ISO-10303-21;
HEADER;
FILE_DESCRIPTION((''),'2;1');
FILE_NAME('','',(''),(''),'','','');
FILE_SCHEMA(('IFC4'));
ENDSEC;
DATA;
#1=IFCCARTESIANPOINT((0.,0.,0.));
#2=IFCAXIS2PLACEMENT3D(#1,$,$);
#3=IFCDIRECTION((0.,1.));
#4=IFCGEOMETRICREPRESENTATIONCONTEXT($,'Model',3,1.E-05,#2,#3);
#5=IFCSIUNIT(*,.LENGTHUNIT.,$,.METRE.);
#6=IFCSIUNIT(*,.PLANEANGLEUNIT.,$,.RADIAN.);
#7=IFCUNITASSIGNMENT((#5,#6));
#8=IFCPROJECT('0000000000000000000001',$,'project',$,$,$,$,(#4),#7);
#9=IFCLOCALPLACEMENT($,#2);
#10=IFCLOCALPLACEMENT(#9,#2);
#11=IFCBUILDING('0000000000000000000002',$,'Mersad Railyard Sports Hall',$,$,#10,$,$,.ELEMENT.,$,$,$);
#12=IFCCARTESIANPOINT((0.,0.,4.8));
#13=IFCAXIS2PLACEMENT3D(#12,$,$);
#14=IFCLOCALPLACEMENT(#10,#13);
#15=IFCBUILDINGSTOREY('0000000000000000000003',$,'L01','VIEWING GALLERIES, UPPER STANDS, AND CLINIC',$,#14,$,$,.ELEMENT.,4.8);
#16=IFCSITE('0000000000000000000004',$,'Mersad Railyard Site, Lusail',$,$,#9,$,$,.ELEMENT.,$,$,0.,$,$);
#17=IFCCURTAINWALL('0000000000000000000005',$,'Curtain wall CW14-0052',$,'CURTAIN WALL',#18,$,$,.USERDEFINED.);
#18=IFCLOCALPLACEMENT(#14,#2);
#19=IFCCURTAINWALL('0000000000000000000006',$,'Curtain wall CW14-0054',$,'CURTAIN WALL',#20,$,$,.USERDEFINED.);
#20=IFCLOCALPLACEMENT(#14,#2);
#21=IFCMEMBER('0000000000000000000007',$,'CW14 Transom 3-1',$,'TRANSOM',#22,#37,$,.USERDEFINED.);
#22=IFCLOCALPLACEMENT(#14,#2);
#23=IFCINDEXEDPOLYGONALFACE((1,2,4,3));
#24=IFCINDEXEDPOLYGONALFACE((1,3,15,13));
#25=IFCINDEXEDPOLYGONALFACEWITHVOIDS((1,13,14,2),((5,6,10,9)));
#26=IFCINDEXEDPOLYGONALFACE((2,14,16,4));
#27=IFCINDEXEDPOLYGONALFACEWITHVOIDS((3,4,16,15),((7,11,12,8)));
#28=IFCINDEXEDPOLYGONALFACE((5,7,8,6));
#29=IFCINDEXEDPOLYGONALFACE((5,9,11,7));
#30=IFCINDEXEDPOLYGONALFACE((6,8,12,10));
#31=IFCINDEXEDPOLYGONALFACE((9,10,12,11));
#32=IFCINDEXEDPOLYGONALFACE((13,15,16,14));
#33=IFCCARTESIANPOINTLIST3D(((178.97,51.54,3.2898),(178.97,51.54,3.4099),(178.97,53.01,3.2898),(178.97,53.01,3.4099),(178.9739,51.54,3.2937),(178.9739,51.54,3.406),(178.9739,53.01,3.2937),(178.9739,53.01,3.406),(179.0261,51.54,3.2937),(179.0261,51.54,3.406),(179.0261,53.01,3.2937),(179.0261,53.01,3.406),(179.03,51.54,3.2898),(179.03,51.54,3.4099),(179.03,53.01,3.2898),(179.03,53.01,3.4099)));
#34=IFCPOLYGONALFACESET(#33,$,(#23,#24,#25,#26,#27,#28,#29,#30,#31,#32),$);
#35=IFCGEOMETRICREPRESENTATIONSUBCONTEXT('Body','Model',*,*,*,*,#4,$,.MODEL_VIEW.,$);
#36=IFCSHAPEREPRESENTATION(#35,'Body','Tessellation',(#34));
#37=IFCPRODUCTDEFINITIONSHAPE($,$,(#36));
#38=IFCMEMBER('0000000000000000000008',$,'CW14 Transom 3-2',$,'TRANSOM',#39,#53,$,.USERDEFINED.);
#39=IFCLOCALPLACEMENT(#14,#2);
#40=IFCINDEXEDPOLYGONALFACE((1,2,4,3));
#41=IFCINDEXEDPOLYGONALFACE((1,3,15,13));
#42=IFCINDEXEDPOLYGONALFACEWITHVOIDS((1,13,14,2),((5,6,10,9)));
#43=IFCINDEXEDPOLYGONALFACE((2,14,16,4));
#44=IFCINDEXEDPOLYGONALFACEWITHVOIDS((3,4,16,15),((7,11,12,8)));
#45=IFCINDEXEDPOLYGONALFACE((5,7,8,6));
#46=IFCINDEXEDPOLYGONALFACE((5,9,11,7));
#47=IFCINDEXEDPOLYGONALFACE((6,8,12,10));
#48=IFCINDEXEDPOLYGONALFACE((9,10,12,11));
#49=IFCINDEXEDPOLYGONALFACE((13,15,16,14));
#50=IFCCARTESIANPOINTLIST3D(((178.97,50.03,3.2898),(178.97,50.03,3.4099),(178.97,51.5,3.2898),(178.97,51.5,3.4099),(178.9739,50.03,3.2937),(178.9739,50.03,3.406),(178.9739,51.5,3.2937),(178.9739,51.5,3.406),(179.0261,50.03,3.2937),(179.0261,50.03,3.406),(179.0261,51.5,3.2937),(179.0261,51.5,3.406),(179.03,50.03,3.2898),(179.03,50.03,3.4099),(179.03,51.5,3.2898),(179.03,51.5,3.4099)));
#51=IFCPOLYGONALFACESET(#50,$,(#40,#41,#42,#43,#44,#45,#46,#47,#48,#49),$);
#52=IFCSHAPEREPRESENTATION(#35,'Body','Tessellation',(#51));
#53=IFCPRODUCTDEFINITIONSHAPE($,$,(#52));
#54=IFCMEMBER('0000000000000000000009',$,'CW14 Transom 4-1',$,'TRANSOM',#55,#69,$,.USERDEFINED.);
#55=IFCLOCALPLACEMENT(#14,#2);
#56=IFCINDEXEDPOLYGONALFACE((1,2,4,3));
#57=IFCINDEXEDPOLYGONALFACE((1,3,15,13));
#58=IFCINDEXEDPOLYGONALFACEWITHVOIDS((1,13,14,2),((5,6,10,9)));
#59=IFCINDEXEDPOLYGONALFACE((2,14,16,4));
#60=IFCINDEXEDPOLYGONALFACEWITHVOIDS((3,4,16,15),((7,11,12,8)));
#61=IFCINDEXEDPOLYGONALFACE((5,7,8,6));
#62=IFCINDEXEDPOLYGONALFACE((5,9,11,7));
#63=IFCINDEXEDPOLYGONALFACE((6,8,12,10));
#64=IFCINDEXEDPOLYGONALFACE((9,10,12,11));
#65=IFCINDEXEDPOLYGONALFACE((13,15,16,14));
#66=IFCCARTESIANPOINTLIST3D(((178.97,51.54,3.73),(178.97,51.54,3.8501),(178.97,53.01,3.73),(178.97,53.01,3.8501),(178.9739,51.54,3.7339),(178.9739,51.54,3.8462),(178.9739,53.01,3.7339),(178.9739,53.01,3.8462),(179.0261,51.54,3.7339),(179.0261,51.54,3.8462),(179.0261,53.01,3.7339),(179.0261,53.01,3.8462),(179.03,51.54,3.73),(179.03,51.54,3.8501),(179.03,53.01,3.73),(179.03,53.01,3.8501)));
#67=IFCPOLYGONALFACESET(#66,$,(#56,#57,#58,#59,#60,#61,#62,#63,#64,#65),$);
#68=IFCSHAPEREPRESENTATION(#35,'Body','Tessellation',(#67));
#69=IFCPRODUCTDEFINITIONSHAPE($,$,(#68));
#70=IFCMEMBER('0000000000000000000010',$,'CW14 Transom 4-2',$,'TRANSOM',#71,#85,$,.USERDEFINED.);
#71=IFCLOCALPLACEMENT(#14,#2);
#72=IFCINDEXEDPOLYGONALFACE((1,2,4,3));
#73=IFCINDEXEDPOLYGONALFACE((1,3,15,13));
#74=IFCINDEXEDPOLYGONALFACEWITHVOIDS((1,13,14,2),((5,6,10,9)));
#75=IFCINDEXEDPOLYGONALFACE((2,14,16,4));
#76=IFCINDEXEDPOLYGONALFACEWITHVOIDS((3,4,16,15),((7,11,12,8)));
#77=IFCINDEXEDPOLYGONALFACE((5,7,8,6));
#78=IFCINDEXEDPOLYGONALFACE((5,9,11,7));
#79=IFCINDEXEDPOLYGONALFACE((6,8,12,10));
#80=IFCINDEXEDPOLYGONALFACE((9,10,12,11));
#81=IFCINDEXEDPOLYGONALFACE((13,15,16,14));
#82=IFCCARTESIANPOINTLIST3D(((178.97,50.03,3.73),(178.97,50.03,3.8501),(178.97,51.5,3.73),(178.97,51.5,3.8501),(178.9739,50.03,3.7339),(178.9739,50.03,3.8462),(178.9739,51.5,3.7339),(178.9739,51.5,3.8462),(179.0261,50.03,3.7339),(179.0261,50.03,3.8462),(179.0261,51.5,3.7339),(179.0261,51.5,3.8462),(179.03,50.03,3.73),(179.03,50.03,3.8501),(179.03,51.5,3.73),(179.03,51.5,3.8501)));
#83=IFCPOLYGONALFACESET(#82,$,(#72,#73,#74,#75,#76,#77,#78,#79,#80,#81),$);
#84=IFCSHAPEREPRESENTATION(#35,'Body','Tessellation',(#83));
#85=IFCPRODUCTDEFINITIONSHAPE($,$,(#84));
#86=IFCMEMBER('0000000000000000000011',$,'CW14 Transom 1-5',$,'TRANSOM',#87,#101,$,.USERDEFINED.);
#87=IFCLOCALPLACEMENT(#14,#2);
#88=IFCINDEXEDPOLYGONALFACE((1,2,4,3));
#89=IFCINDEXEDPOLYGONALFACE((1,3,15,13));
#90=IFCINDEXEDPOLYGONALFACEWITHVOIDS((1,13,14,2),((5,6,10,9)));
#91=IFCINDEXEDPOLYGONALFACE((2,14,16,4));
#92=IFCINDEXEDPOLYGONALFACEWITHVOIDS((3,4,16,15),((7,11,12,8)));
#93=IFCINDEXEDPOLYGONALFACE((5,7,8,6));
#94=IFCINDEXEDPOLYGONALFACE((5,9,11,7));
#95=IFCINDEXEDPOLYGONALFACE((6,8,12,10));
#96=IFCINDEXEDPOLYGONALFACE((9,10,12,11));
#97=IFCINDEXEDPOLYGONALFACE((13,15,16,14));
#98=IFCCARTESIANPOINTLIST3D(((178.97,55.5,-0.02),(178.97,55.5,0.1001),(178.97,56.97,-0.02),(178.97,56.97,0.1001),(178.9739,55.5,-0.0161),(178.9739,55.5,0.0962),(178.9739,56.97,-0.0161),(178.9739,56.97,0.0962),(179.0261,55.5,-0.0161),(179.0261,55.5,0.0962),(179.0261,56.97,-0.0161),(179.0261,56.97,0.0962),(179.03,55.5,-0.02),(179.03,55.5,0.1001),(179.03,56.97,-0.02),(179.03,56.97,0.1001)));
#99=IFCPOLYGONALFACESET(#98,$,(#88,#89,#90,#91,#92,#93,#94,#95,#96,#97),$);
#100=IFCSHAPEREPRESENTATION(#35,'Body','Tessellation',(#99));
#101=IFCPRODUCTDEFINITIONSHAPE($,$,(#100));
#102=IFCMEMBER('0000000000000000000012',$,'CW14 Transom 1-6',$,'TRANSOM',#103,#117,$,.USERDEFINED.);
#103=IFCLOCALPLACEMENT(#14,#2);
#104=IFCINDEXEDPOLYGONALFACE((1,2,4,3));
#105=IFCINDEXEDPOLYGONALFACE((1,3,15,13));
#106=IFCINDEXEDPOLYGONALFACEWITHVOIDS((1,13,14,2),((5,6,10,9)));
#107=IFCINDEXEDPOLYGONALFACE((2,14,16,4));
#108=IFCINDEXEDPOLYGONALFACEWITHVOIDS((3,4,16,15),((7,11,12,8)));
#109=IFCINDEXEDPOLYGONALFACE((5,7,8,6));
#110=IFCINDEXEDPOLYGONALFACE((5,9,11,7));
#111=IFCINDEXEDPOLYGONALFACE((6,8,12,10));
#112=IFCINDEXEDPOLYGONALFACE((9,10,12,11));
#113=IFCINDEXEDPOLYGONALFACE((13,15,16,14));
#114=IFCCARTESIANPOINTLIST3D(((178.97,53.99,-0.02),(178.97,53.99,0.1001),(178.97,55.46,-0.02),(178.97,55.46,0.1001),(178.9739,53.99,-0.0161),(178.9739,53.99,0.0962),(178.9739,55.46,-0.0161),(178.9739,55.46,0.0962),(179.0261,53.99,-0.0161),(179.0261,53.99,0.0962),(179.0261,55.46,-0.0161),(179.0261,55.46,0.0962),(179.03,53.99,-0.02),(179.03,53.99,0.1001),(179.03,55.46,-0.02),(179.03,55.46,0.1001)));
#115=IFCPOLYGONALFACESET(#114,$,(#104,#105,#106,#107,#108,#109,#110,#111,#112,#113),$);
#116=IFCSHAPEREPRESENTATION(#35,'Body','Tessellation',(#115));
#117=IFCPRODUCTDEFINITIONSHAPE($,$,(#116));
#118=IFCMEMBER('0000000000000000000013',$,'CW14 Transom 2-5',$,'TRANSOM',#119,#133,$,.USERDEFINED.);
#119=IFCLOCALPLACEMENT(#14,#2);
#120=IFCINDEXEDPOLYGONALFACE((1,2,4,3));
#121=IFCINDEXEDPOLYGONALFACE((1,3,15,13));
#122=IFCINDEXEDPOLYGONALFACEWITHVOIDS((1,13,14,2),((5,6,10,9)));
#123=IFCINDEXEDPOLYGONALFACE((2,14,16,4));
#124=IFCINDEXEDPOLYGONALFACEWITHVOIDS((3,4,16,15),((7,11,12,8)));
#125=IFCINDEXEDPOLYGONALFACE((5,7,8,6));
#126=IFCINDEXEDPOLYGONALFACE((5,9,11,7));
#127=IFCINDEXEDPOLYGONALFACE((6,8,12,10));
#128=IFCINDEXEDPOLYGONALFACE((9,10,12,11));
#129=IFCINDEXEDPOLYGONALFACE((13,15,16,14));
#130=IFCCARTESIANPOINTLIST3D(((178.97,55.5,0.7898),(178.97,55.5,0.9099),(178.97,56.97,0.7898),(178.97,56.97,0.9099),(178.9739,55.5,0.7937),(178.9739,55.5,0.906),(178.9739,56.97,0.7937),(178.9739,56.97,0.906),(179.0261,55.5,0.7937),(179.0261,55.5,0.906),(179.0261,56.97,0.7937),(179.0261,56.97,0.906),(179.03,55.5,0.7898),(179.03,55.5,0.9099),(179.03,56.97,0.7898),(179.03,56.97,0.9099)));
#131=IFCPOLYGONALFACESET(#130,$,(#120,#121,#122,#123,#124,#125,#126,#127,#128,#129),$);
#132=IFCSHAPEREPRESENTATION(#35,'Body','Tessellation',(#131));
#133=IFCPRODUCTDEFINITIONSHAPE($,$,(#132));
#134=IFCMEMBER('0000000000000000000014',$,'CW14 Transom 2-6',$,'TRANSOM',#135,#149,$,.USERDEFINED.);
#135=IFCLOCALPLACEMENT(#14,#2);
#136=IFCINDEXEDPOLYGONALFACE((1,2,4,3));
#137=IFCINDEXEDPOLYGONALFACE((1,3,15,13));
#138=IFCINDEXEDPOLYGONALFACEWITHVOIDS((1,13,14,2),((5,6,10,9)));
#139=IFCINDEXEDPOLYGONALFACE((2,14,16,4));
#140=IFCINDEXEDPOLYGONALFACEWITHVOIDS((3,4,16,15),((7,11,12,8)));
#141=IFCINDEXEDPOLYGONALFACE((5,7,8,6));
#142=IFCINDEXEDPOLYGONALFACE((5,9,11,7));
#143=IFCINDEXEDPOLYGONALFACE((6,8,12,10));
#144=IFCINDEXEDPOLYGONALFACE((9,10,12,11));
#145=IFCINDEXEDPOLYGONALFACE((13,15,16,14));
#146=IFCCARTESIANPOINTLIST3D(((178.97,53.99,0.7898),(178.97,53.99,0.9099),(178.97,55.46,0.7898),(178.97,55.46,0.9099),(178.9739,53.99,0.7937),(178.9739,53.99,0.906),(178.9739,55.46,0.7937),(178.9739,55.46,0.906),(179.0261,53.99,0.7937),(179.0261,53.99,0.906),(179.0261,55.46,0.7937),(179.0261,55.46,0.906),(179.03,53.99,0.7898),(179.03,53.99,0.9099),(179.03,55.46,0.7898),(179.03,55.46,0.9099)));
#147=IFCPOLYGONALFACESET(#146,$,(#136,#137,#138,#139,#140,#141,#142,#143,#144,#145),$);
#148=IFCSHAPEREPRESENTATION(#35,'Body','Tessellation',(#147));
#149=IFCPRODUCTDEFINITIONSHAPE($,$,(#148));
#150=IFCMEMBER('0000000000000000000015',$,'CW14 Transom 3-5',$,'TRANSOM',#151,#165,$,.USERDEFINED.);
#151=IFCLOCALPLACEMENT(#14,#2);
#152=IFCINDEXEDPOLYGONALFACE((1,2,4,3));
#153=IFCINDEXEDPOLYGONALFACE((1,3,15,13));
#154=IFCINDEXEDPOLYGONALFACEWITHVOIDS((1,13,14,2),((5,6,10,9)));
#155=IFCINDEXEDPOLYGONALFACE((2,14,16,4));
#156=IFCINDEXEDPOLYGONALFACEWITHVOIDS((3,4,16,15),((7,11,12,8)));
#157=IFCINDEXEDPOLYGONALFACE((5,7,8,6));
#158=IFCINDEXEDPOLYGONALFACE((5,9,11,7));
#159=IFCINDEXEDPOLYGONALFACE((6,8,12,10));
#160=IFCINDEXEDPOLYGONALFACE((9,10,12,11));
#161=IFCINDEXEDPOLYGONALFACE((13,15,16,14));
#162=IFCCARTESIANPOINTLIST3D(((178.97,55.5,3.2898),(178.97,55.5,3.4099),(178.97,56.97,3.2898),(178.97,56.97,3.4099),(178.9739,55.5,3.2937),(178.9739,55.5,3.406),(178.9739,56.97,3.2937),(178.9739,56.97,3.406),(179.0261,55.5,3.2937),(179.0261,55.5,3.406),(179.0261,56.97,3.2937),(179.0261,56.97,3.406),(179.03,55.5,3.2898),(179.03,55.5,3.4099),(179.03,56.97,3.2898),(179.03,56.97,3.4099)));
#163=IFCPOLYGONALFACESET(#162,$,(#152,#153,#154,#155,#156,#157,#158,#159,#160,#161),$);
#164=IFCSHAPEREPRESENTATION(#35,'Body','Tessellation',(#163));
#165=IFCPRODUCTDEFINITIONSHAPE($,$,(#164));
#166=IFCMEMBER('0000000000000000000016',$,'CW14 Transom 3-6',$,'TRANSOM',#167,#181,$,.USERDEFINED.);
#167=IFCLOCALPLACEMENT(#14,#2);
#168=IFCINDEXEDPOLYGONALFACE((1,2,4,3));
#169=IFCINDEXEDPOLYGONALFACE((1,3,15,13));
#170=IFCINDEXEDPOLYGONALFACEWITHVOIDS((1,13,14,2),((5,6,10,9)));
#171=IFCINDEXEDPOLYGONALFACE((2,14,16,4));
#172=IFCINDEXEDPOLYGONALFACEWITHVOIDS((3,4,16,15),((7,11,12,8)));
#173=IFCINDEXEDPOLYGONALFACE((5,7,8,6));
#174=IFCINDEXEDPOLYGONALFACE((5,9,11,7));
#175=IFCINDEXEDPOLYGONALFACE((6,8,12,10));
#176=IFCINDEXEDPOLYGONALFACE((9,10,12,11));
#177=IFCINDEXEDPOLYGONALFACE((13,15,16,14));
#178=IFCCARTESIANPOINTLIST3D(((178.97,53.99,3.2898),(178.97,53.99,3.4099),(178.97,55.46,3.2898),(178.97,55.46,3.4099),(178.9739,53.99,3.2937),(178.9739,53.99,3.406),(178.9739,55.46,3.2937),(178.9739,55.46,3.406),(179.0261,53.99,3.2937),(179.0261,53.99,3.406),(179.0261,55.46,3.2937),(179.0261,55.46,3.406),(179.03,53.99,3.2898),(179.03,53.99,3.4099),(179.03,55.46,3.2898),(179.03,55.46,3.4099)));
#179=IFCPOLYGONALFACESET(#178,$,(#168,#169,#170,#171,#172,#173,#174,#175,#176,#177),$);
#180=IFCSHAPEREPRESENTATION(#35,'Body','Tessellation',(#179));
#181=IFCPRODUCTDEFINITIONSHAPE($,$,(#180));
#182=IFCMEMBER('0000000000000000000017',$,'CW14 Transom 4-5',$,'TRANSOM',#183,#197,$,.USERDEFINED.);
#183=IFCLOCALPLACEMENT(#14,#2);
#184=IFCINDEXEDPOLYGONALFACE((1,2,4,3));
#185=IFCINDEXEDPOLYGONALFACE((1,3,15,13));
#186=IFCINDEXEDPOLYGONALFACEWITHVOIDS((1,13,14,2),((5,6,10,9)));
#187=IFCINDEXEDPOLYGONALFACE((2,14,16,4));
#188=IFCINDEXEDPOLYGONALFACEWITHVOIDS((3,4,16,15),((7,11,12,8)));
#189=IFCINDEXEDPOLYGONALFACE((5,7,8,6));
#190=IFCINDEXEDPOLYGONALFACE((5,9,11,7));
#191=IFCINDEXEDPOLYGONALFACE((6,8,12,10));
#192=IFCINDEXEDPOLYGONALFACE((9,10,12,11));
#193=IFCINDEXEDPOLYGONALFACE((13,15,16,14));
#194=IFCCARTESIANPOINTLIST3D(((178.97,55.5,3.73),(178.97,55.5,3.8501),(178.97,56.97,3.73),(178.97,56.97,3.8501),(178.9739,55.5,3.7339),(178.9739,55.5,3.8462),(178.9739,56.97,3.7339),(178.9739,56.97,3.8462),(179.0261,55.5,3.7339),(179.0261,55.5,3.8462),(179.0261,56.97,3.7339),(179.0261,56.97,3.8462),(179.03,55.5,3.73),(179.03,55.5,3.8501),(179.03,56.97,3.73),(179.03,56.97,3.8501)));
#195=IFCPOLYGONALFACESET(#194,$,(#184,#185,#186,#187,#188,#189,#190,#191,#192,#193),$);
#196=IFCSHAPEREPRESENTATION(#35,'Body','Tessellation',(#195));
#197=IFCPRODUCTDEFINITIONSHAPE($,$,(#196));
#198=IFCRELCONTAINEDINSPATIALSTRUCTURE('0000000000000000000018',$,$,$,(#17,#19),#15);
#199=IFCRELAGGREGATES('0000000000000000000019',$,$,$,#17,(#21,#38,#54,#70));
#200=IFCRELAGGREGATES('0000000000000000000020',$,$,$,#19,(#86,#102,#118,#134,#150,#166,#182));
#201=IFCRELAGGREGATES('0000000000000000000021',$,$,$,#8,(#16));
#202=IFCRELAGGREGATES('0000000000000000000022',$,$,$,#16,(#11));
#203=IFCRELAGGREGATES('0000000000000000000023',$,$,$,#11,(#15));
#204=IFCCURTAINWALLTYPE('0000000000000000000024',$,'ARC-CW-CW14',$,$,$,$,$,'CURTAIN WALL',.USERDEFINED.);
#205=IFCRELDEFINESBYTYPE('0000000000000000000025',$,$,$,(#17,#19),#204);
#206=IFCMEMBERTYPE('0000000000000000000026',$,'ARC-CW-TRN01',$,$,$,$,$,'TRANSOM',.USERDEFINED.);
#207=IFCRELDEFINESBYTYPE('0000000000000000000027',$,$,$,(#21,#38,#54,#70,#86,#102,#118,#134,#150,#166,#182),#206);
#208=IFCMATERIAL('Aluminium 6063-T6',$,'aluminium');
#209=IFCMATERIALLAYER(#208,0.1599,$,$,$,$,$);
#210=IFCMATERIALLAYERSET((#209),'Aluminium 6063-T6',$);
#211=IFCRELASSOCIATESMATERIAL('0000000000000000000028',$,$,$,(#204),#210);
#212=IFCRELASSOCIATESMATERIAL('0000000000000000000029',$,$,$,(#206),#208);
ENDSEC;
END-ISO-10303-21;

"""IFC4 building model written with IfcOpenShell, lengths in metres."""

from ifc_helpers import new_model, si_unit, direction, frame, origin, origin_2d, place, context, subcontext, project, spatial, hollow_rectangle, extrude, material, layer, layer_set, material_profile, profile_set, type_object, element, aggregate, save


model = new_model("IFC4")

# Units and contexts
model_context = context("Model", 3, precision=1e-05, world=origin(), true_north=direction((0.0, 1.0)))
body_context = subcontext(model_context, "Body", "Model", "MODEL_VIEW")
ifc_project = project(units=[si_unit("LENGTHUNIT", "METRE"), si_unit("PLANEANGLEUNIT", "RADIAN")], contexts=[model_context])

# Site, building, storey
site_placement = place(None, origin())
site = spatial("IfcSite", under=ifc_project, at=site_placement, Name="Mersad Railyard Site, Lusail", CompositionType="ELEMENT", RefElevation=0.0)
building_placement = place(site_placement, origin())
building = spatial("IfcBuilding", under=site, at=building_placement, Name="Mersad Railyard Sports Hall", CompositionType="ELEMENT")
storey_placement = place(building_placement, frame((0.0, 0.0, 4.8)))
storey = spatial("IfcBuildingStorey", under=building, at=storey_placement, Name="L01", Description="VIEWING GALLERIES, UPPER STANDS, AND CLINIC", CompositionType="ELEMENT", Elevation=4.8)

# Curtain walls
ifc_material_1 = material(Name="Aluminium 6063-T6", Category="aluminium")
ifc_layer_1 = layer(ifc_material_1, 0.1599)
ifc_layer_set_1 = layer_set([ifc_layer_1], Name="Aluminium 6063-T6")
curtain_wall_type = type_object("IfcCurtainWallType", Name="ARC-CW-CW14", ElementType="CURTAIN WALL", PredefinedType="USERDEFINED", material=ifc_layer_set_1)
curtain_wall_1_placement = place(storey_placement, origin())
curtain_wall_1 = element("IfcCurtainWall", 1, at=curtain_wall_1_placement, inside=storey, type_object=curtain_wall_type, Name="Curtain wall CW14-0052", ObjectType="CURTAIN WALL", PredefinedType="USERDEFINED")
curtain_wall_2_placement = place(storey_placement, origin())
curtain_wall_2 = element("IfcCurtainWall", 2, at=curtain_wall_2_placement, inside=storey, type_object=curtain_wall_type, Name="Curtain wall CW14-0054", ObjectType="CURTAIN WALL", PredefinedType="USERDEFINED")

# Members
ifc_material_profile_1 = material_profile(ifc_material_1, hollow_rectangle(XDim=0.0601, YDim=0.1201, WallThickness=0.0039, at=origin_2d()), Name="AL TRANSOM 60x120x4")
ifc_profile_set_1 = profile_set([ifc_material_profile_1], Name="Aluminium 6063-T6")
member_type_1 = type_object("IfcMemberType", Name="ARC-CW-TRN01", ElementType="TRANSOM", PredefinedType="USERDEFINED", material=ifc_profile_set_1)
member_1_placement = place(storey_placement, frame((179.0, 53.01, 3.3499), z_axis=(0.0, -1.0, 0.0), x_axis=(1.0, 0.0, 0.0)))
member_1 = element("IfcMember", 3, at=member_1_placement, type_object=member_type_1, Name="CW14 Transom 3-1", ObjectType="TRANSOM", PredefinedType="USERDEFINED", context=body_context, shape_type="SweptSolid", body=[
    extrude(hollow_rectangle(XDim=0.0601, YDim=0.1201, WallThickness=0.0039, at=origin_2d()), origin(), (0.0, 0.0, 1.0), 1.47),
])
member_2_placement = place(storey_placement, frame((179.0, 51.5, 3.3499), z_axis=(0.0, -1.0, 0.0), x_axis=(1.0, 0.0, 0.0)))
member_2 = element("IfcMember", 4, at=member_2_placement, type_object=member_type_1, Name="CW14 Transom 3-2", ObjectType="TRANSOM", PredefinedType="USERDEFINED", context=body_context, shape_type="SweptSolid", body=[
    extrude(hollow_rectangle(XDim=0.0601, YDim=0.1201, WallThickness=0.0039, at=origin_2d()), origin(), (0.0, 0.0, 1.0), 1.47),
])
member_3_placement = place(storey_placement, frame((179.0, 53.01, 3.79), z_axis=(0.0, -1.0, 0.0), x_axis=(1.0, 0.0, 0.0)))
member_3 = element("IfcMember", 5, at=member_3_placement, type_object=member_type_1, Name="CW14 Transom 4-1", ObjectType="TRANSOM", PredefinedType="USERDEFINED", context=body_context, shape_type="SweptSolid", body=[
    extrude(hollow_rectangle(XDim=0.0601, YDim=0.1201, WallThickness=0.0039, at=origin_2d()), origin(), (0.0, 0.0, 1.0), 1.47),
])
member_4_placement = place(storey_placement, frame((179.0, 51.5, 3.79), z_axis=(0.0, -1.0, 0.0), x_axis=(1.0, 0.0, 0.0)))
member_4 = element("IfcMember", 6, at=member_4_placement, type_object=member_type_1, Name="CW14 Transom 4-2", ObjectType="TRANSOM", PredefinedType="USERDEFINED", context=body_context, shape_type="SweptSolid", body=[
    extrude(hollow_rectangle(XDim=0.0601, YDim=0.1201, WallThickness=0.0039, at=origin_2d()), origin(), (0.0, 0.0, 1.0), 1.47),
])
member_5_placement = place(storey_placement, frame((179.0, 56.97, 0.04), z_axis=(0.0, -1.0, 0.0), x_axis=(1.0, 0.0, 0.0)))
member_5 = element("IfcMember", 7, at=member_5_placement, type_object=member_type_1, Name="CW14 Transom 1-5", ObjectType="TRANSOM", PredefinedType="USERDEFINED", context=body_context, shape_type="SweptSolid", body=[
    extrude(hollow_rectangle(XDim=0.0601, YDim=0.1201, WallThickness=0.0039, at=origin_2d()), origin(), (0.0, 0.0, 1.0), 1.47),
])
member_6_placement = place(storey_placement, frame((179.0, 55.46, 0.04), z_axis=(0.0, -1.0, 0.0), x_axis=(1.0, 0.0, 0.0)))
member_6 = element("IfcMember", 8, at=member_6_placement, type_object=member_type_1, Name="CW14 Transom 1-6", ObjectType="TRANSOM", PredefinedType="USERDEFINED", context=body_context, shape_type="SweptSolid", body=[
    extrude(hollow_rectangle(XDim=0.0601, YDim=0.1201, WallThickness=0.0039, at=origin_2d()), origin(), (0.0, 0.0, 1.0), 1.47),
])
member_7_placement = place(storey_placement, frame((179.0, 56.97, 0.8499), z_axis=(0.0, -1.0, 0.0), x_axis=(1.0, 0.0, 0.0)))
member_7 = element("IfcMember", 9, at=member_7_placement, type_object=member_type_1, Name="CW14 Transom 2-5", ObjectType="TRANSOM", PredefinedType="USERDEFINED", context=body_context, shape_type="SweptSolid", body=[
    extrude(hollow_rectangle(XDim=0.0601, YDim=0.1201, WallThickness=0.0039, at=origin_2d()), origin(), (0.0, 0.0, 1.0), 1.47),
])
member_8_placement = place(storey_placement, frame((179.0, 55.46, 0.8499), z_axis=(0.0, -1.0, 0.0), x_axis=(1.0, 0.0, 0.0)))
member_8 = element("IfcMember", 10, at=member_8_placement, type_object=member_type_1, Name="CW14 Transom 2-6", ObjectType="TRANSOM", PredefinedType="USERDEFINED", context=body_context, shape_type="SweptSolid", body=[
    extrude(hollow_rectangle(XDim=0.0601, YDim=0.1201, WallThickness=0.0039, at=origin_2d()), origin(), (0.0, 0.0, 1.0), 1.47),
])
member_9_placement = place(storey_placement, frame((179.0, 56.97, 3.3499), z_axis=(0.0, -1.0, 0.0), x_axis=(1.0, 0.0, 0.0)))
member_9 = element("IfcMember", 11, at=member_9_placement, type_object=member_type_1, Name="CW14 Transom 3-5", ObjectType="TRANSOM", PredefinedType="USERDEFINED", context=body_context, shape_type="SweptSolid", body=[
    extrude(hollow_rectangle(XDim=0.0601, YDim=0.1201, WallThickness=0.0039, at=origin_2d()), origin(), (0.0, 0.0, 1.0), 1.47),
])
member_10_placement = place(storey_placement, frame((179.0, 55.46, 3.3499), z_axis=(0.0, -1.0, 0.0), x_axis=(1.0, 0.0, 0.0)))
member_10 = element("IfcMember", 12, at=member_10_placement, type_object=member_type_1, Name="CW14 Transom 3-6", ObjectType="TRANSOM", PredefinedType="USERDEFINED", context=body_context, shape_type="SweptSolid", body=[
    extrude(hollow_rectangle(XDim=0.0601, YDim=0.1201, WallThickness=0.0039, at=origin_2d()), origin(), (0.0, 0.0, 1.0), 1.47),
])
member_11_placement = place(storey_placement, frame((179.0, 56.97, 3.79), z_axis=(0.0, -1.0, 0.0), x_axis=(1.0, 0.0, 0.0)))
member_11 = element("IfcMember", 13, at=member_11_placement, type_object=member_type_1, Name="CW14 Transom 4-5", ObjectType="TRANSOM", PredefinedType="USERDEFINED", context=body_context, shape_type="SweptSolid", body=[
    extrude(hollow_rectangle(XDim=0.0601, YDim=0.1201, WallThickness=0.0039, at=origin_2d()), origin(), (0.0, 0.0, 1.0), 1.47),
])

aggregate(curtain_wall_1, [member_1, member_2, member_3, member_4])
aggregate(curtain_wall_2, [member_5, member_6, member_7, member_8, member_9, member_10, member_11])

save(model, "model.ifc")
